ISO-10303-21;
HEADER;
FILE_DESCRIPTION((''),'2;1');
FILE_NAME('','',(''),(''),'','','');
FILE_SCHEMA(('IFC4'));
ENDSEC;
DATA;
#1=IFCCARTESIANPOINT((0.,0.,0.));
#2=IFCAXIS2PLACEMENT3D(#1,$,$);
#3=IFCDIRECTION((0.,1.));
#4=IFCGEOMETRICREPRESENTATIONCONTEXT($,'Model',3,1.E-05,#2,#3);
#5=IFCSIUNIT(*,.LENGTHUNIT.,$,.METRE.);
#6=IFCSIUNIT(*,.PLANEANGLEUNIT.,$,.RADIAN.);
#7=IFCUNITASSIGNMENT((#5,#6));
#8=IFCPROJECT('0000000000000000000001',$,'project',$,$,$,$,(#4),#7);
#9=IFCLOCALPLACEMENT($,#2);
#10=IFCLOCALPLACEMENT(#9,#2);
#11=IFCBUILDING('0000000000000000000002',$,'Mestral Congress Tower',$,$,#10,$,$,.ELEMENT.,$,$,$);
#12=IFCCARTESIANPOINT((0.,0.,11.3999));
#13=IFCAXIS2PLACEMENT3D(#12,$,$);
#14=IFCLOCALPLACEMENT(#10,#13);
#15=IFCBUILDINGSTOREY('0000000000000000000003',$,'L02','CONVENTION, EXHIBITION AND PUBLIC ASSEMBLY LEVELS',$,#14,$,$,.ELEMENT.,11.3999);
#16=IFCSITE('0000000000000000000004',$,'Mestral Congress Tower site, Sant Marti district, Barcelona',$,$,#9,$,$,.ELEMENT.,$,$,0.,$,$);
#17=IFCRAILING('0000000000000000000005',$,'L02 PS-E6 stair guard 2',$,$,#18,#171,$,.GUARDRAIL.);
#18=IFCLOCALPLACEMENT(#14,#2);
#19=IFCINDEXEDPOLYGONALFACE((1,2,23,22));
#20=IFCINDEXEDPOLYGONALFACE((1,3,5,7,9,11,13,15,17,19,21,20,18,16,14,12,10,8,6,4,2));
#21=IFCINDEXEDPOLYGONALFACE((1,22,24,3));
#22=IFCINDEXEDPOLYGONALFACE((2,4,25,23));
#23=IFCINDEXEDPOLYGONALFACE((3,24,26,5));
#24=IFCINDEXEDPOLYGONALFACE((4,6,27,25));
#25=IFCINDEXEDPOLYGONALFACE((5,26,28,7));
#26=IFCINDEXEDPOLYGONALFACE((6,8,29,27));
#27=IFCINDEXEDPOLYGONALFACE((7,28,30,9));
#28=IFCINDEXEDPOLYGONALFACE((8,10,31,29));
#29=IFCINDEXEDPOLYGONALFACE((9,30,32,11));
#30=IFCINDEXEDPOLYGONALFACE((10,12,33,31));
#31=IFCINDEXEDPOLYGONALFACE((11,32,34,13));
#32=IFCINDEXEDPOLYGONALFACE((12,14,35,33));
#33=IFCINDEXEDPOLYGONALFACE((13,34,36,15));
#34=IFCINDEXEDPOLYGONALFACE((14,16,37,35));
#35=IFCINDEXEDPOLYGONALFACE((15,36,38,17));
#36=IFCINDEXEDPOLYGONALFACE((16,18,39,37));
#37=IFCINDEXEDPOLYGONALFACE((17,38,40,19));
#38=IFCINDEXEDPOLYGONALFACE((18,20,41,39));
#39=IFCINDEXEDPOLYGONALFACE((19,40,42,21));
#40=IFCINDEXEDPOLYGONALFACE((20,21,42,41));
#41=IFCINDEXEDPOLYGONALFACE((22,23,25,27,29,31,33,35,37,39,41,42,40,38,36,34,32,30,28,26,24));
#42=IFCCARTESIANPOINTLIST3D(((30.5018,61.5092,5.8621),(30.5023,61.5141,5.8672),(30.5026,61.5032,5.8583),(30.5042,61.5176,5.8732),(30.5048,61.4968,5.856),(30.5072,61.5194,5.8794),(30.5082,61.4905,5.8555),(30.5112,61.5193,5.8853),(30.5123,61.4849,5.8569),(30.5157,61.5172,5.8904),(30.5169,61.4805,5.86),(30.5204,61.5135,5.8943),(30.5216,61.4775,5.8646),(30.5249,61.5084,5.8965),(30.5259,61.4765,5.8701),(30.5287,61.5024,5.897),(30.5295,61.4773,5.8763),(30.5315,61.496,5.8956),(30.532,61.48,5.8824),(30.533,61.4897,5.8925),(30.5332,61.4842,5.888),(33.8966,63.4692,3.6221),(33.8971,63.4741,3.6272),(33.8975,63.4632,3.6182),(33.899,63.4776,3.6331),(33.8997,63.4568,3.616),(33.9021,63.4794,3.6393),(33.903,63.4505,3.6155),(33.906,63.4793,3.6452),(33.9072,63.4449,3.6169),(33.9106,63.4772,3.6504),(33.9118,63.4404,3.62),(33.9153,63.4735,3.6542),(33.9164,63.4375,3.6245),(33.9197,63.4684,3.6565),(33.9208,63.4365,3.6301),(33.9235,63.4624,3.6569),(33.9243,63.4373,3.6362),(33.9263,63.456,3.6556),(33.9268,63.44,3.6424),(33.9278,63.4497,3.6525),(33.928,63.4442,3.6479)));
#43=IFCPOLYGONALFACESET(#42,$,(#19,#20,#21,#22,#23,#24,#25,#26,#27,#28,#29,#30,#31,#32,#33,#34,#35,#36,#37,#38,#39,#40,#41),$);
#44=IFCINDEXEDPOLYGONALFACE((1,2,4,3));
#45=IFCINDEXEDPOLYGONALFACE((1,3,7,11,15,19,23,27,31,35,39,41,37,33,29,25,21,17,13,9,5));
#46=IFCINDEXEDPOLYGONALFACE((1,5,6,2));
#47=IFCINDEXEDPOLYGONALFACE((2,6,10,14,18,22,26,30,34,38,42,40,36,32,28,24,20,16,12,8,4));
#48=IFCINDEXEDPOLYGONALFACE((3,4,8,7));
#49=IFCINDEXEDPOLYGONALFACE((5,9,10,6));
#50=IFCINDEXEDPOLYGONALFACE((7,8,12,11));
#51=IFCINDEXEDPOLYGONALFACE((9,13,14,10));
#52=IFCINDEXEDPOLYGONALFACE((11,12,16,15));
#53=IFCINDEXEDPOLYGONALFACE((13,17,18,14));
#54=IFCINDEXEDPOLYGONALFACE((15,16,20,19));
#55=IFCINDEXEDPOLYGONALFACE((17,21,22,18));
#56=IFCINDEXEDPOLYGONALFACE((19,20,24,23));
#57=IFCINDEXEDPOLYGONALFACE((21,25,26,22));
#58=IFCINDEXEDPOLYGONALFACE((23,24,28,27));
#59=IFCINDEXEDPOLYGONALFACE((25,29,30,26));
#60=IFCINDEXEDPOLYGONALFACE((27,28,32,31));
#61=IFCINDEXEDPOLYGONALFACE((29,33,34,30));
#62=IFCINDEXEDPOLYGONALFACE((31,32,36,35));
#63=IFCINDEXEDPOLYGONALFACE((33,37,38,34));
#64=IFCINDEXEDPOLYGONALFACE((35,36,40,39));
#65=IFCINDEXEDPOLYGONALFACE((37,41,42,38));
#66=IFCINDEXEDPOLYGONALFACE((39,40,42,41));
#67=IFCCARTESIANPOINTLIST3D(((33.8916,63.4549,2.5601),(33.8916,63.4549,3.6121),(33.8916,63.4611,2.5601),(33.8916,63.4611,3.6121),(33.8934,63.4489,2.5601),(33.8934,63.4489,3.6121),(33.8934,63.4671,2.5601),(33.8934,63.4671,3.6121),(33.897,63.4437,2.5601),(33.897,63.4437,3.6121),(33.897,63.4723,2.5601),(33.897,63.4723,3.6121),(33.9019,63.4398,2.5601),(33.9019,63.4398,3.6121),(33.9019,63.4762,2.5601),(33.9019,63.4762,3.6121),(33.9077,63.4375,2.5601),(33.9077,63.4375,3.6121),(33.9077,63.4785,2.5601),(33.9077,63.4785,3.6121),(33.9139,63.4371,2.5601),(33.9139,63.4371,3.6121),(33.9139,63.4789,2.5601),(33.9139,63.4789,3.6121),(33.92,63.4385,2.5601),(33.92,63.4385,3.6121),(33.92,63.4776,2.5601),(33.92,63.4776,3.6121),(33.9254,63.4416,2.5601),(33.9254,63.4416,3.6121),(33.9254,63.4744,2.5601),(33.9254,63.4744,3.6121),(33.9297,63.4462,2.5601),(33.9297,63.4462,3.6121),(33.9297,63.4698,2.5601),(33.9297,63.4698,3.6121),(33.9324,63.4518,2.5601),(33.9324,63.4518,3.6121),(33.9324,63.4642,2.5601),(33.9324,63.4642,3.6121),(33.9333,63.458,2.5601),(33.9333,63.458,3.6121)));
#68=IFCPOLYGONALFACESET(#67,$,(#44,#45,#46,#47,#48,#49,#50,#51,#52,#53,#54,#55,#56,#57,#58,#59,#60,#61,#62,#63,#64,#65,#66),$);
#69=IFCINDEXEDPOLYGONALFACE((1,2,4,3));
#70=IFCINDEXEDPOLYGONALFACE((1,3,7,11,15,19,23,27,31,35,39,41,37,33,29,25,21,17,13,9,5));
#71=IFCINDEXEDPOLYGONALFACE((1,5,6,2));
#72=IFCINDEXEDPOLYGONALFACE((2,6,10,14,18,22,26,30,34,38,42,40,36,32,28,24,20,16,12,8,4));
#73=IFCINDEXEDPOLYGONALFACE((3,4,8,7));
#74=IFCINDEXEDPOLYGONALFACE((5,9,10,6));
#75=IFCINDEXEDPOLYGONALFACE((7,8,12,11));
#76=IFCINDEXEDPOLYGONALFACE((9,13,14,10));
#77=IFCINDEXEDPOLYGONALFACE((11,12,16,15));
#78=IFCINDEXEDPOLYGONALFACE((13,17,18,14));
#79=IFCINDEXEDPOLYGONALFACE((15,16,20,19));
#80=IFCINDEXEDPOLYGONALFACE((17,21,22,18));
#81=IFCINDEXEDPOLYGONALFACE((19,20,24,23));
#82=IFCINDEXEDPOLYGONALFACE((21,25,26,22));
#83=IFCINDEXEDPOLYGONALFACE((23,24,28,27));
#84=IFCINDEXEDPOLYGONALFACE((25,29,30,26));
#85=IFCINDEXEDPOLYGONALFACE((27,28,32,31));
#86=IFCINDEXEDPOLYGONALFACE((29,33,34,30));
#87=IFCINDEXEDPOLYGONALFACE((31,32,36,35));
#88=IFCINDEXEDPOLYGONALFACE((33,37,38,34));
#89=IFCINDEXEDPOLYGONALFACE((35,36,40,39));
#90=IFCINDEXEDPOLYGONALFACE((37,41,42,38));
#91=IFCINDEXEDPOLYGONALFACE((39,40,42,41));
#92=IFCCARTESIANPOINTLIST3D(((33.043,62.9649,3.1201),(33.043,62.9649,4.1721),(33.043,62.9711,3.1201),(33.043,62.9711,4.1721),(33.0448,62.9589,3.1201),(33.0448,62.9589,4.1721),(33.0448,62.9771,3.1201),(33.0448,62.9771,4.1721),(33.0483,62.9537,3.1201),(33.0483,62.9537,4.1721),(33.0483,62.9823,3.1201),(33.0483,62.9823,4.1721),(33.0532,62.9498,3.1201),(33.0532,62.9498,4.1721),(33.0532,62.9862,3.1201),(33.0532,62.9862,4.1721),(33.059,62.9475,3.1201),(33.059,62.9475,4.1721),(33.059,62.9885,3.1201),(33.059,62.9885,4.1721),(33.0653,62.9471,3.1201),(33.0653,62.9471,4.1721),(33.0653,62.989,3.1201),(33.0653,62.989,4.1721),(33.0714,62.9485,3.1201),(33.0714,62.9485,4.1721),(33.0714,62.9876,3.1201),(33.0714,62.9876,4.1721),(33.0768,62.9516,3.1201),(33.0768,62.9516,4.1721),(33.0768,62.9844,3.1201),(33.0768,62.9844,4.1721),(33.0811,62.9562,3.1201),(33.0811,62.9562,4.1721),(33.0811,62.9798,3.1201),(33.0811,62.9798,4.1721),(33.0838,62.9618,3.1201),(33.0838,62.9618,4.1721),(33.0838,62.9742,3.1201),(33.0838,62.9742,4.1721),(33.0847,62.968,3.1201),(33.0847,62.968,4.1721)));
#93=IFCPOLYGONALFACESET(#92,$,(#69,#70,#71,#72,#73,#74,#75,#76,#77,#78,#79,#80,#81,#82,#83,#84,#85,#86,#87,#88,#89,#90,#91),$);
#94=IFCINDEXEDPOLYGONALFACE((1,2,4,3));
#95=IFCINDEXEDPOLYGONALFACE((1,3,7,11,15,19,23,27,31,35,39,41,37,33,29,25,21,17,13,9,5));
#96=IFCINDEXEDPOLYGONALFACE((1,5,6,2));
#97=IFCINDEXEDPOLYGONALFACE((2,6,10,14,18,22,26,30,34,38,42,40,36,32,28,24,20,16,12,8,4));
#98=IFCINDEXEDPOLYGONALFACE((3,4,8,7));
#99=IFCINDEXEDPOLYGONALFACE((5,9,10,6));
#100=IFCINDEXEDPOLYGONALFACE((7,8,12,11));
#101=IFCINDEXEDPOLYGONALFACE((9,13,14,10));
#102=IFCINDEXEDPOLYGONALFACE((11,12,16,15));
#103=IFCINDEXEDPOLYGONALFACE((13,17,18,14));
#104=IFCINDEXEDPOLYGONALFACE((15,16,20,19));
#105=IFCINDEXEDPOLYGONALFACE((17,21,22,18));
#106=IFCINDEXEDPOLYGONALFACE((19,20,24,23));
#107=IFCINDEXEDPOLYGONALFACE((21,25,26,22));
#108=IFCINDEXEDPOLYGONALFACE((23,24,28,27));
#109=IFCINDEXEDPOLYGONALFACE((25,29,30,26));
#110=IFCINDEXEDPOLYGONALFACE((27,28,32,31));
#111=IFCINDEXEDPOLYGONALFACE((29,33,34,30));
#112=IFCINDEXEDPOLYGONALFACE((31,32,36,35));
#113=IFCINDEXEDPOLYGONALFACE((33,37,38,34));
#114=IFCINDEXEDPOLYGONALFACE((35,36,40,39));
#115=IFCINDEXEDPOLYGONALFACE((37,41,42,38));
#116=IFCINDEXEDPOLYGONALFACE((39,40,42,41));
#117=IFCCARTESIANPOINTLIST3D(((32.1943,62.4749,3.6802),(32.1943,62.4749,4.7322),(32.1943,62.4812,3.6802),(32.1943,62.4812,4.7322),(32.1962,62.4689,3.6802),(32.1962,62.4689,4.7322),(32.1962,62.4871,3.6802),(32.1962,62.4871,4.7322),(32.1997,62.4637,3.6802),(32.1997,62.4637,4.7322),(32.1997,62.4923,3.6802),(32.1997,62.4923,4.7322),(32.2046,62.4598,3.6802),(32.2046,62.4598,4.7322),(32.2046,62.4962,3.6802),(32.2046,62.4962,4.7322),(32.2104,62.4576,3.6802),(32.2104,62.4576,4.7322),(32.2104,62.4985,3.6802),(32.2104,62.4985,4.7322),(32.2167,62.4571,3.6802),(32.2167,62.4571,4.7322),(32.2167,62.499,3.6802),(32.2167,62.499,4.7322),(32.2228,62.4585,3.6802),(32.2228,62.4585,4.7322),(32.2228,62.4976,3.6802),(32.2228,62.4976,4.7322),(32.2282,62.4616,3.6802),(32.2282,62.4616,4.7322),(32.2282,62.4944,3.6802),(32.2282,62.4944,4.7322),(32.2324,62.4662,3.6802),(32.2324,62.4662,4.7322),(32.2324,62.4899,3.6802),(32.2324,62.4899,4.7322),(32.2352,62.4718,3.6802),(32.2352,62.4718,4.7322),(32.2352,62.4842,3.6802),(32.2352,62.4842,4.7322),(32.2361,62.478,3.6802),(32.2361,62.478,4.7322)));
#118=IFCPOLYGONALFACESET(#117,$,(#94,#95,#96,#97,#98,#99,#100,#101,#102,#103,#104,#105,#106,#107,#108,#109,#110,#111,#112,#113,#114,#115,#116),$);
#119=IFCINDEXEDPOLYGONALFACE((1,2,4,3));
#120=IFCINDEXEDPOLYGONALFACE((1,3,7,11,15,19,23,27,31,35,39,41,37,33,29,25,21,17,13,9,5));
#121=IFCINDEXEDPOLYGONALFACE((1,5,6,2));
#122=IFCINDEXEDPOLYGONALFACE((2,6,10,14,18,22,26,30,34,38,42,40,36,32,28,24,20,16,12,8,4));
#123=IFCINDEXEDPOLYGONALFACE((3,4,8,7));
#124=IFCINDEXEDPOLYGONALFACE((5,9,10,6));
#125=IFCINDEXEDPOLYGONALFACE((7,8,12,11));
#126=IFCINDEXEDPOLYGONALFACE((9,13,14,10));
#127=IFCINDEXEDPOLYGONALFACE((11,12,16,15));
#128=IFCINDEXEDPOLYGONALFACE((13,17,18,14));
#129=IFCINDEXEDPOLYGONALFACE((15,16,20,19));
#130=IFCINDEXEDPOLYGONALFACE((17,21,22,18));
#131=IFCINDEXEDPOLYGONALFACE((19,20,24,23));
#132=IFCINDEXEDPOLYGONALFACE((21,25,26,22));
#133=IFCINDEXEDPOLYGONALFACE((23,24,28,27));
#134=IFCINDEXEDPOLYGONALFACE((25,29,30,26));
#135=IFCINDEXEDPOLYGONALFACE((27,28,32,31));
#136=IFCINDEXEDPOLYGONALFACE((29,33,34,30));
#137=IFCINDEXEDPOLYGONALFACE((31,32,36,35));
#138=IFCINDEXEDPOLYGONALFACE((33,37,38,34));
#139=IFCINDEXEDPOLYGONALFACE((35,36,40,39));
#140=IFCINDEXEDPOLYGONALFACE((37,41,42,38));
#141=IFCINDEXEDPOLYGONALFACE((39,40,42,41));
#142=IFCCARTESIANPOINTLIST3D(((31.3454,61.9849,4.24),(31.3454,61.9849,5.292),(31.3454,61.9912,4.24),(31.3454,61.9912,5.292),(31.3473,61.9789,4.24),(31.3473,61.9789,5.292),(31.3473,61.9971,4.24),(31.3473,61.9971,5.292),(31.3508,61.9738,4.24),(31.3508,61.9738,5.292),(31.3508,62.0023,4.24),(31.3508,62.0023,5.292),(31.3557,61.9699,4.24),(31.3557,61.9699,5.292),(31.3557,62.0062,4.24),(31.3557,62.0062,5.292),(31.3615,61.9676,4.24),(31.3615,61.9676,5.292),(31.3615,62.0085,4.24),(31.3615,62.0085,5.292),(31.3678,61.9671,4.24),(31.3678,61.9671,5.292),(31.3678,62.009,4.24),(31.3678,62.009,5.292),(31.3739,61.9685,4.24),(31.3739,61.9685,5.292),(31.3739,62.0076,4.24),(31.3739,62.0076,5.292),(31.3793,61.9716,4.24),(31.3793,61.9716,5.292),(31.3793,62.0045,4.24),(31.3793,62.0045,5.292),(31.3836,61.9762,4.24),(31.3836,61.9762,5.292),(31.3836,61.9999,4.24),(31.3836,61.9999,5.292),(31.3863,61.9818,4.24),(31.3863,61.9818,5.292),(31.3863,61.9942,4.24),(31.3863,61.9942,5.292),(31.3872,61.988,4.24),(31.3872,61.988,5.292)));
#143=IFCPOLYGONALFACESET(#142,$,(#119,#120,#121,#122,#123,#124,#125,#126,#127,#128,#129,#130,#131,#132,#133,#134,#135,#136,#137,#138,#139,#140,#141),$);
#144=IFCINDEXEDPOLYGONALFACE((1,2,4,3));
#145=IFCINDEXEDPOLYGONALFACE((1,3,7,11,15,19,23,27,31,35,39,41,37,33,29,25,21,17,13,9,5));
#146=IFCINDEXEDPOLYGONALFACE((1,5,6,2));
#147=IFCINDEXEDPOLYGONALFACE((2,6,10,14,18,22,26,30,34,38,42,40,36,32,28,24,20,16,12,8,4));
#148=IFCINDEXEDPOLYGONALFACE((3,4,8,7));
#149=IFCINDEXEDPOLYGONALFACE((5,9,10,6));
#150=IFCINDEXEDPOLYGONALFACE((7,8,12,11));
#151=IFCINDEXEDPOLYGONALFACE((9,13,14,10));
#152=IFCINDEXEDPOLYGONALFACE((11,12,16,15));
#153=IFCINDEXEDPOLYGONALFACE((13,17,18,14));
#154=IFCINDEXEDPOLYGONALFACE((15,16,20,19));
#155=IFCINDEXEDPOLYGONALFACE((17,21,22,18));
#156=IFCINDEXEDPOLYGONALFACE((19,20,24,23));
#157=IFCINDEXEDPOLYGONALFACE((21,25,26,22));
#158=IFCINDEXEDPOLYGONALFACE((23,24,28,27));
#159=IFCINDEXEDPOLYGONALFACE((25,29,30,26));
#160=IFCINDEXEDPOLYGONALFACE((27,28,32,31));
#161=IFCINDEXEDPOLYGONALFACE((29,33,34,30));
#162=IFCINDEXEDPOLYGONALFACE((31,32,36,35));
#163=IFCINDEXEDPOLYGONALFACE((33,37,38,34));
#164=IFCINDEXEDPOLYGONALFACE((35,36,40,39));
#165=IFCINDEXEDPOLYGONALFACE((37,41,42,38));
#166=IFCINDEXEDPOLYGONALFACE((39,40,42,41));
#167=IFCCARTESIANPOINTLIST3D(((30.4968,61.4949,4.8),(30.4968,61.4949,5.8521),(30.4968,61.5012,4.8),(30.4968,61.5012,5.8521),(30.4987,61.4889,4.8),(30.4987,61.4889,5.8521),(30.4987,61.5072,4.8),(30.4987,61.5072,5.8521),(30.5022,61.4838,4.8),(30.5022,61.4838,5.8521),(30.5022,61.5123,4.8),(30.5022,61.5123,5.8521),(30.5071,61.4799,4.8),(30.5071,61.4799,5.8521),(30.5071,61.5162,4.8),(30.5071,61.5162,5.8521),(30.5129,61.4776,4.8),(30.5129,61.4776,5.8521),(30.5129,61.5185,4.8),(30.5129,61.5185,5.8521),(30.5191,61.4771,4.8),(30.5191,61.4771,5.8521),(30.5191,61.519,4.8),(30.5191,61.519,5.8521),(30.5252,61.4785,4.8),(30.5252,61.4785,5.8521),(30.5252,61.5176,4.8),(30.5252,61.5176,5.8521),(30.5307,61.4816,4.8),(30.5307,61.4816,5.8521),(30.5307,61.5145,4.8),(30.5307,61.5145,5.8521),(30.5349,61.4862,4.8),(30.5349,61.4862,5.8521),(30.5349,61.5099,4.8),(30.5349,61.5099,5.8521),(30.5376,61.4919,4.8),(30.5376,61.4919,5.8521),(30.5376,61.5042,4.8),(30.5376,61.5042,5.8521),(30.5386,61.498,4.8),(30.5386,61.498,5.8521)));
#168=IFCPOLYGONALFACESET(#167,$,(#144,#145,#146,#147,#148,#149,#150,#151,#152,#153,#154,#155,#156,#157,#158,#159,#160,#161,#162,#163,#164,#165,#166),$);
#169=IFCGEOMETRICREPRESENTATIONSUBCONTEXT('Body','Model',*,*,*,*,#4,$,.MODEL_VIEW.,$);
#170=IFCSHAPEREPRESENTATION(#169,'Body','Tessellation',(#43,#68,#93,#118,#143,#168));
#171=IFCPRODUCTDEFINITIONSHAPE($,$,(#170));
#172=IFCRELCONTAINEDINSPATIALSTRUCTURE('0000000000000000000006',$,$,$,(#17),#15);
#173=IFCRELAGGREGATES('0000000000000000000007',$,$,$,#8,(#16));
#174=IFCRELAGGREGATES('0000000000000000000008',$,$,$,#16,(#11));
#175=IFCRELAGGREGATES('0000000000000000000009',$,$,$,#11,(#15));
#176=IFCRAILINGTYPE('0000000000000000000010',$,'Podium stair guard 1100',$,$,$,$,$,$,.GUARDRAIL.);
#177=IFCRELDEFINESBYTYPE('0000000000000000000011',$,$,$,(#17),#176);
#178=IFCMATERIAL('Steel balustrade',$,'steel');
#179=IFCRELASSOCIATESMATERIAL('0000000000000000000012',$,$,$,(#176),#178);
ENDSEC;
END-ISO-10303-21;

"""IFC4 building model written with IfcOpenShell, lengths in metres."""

from ifc_helpers import new_model, si_unit, direction, frame, origin, origin_2d, place, context, subcontext, project, spatial, circle, extrude, material, type_object, element, save


model = new_model("IFC4")

# Units and contexts
model_context = context("Model", 3, precision=1e-05, world=origin(), true_north=direction((0.0, 1.0)))
body_context = subcontext(model_context, "Body", "Model", "MODEL_VIEW")
ifc_project = project(units=[si_unit("LENGTHUNIT", "METRE"), si_unit("PLANEANGLEUNIT", "RADIAN")], contexts=[model_context])

# Site, building, storey
site_placement = place(None, origin())
site = spatial("IfcSite", under=ifc_project, at=site_placement, Name="Mestral Congress Tower site, Sant Marti district, Barcelona", CompositionType="ELEMENT", RefElevation=0.0)
building_placement = place(site_placement, origin())
building = spatial("IfcBuilding", under=site, at=building_placement, Name="Mestral Congress Tower", CompositionType="ELEMENT")
storey_placement = place(building_placement, frame((0.0, 0.0, 11.3999)))
storey = spatial("IfcBuildingStorey", under=building, at=storey_placement, Name="L02", Description="CONVENTION, EXHIBITION AND PUBLIC ASSEMBLY LEVELS", CompositionType="ELEMENT", Elevation=11.3999)

# Railing
ifc_material_1 = material(Name="Steel balustrade", Category="steel")
railing_type_1 = type_object("IfcRailingType", Name="Podium stair guard 1100", PredefinedType="GUARDRAIL", material=ifc_material_1)
railing_1_placement = place(storey_placement, frame((33.9124, 63.458, 2.5601)))
element("IfcRailing", 1, at=railing_1_placement, inside=storey, type_object=railing_type_1, Name="L02 PS-E6 stair guard 2", PredefinedType="GUARDRAIL", context=body_context, shape_type="SweptSolid", body=[
    extrude(circle(Radius=0.0239, at=origin_2d()), frame((0.0, 0.0, 1.0762), z_axis=(-0.75192, -0.434118, 0.496143), x_axis=(0.499997, -0.866027, 0.0)), (0.0, 0.0, 1.0), 4.5149),
    extrude(circle(Radius=0.021, at=origin_2d()), origin(), (0.0, 0.0, 1.0), 1.052),
    extrude(circle(Radius=0.021, at=origin_2d()), frame((-0.8486, -0.49, 0.5601)), (0.0, 0.0, 1.0), 1.052),
    extrude(circle(Radius=0.021, at=origin_2d()), frame((-1.6973, -0.98, 1.1201)), (0.0, 0.0, 1.0), 1.052),
    extrude(circle(Radius=0.021, at=origin_2d()), frame((-2.5461, -1.47, 1.6799)), (0.0, 0.0, 1.0), 1.052),
    extrude(circle(Radius=0.021, at=origin_2d()), frame((-3.3948, -1.96, 2.24)), (0.0, 0.0, 1.0), 1.052),
])

save(model, "model.ifc")
